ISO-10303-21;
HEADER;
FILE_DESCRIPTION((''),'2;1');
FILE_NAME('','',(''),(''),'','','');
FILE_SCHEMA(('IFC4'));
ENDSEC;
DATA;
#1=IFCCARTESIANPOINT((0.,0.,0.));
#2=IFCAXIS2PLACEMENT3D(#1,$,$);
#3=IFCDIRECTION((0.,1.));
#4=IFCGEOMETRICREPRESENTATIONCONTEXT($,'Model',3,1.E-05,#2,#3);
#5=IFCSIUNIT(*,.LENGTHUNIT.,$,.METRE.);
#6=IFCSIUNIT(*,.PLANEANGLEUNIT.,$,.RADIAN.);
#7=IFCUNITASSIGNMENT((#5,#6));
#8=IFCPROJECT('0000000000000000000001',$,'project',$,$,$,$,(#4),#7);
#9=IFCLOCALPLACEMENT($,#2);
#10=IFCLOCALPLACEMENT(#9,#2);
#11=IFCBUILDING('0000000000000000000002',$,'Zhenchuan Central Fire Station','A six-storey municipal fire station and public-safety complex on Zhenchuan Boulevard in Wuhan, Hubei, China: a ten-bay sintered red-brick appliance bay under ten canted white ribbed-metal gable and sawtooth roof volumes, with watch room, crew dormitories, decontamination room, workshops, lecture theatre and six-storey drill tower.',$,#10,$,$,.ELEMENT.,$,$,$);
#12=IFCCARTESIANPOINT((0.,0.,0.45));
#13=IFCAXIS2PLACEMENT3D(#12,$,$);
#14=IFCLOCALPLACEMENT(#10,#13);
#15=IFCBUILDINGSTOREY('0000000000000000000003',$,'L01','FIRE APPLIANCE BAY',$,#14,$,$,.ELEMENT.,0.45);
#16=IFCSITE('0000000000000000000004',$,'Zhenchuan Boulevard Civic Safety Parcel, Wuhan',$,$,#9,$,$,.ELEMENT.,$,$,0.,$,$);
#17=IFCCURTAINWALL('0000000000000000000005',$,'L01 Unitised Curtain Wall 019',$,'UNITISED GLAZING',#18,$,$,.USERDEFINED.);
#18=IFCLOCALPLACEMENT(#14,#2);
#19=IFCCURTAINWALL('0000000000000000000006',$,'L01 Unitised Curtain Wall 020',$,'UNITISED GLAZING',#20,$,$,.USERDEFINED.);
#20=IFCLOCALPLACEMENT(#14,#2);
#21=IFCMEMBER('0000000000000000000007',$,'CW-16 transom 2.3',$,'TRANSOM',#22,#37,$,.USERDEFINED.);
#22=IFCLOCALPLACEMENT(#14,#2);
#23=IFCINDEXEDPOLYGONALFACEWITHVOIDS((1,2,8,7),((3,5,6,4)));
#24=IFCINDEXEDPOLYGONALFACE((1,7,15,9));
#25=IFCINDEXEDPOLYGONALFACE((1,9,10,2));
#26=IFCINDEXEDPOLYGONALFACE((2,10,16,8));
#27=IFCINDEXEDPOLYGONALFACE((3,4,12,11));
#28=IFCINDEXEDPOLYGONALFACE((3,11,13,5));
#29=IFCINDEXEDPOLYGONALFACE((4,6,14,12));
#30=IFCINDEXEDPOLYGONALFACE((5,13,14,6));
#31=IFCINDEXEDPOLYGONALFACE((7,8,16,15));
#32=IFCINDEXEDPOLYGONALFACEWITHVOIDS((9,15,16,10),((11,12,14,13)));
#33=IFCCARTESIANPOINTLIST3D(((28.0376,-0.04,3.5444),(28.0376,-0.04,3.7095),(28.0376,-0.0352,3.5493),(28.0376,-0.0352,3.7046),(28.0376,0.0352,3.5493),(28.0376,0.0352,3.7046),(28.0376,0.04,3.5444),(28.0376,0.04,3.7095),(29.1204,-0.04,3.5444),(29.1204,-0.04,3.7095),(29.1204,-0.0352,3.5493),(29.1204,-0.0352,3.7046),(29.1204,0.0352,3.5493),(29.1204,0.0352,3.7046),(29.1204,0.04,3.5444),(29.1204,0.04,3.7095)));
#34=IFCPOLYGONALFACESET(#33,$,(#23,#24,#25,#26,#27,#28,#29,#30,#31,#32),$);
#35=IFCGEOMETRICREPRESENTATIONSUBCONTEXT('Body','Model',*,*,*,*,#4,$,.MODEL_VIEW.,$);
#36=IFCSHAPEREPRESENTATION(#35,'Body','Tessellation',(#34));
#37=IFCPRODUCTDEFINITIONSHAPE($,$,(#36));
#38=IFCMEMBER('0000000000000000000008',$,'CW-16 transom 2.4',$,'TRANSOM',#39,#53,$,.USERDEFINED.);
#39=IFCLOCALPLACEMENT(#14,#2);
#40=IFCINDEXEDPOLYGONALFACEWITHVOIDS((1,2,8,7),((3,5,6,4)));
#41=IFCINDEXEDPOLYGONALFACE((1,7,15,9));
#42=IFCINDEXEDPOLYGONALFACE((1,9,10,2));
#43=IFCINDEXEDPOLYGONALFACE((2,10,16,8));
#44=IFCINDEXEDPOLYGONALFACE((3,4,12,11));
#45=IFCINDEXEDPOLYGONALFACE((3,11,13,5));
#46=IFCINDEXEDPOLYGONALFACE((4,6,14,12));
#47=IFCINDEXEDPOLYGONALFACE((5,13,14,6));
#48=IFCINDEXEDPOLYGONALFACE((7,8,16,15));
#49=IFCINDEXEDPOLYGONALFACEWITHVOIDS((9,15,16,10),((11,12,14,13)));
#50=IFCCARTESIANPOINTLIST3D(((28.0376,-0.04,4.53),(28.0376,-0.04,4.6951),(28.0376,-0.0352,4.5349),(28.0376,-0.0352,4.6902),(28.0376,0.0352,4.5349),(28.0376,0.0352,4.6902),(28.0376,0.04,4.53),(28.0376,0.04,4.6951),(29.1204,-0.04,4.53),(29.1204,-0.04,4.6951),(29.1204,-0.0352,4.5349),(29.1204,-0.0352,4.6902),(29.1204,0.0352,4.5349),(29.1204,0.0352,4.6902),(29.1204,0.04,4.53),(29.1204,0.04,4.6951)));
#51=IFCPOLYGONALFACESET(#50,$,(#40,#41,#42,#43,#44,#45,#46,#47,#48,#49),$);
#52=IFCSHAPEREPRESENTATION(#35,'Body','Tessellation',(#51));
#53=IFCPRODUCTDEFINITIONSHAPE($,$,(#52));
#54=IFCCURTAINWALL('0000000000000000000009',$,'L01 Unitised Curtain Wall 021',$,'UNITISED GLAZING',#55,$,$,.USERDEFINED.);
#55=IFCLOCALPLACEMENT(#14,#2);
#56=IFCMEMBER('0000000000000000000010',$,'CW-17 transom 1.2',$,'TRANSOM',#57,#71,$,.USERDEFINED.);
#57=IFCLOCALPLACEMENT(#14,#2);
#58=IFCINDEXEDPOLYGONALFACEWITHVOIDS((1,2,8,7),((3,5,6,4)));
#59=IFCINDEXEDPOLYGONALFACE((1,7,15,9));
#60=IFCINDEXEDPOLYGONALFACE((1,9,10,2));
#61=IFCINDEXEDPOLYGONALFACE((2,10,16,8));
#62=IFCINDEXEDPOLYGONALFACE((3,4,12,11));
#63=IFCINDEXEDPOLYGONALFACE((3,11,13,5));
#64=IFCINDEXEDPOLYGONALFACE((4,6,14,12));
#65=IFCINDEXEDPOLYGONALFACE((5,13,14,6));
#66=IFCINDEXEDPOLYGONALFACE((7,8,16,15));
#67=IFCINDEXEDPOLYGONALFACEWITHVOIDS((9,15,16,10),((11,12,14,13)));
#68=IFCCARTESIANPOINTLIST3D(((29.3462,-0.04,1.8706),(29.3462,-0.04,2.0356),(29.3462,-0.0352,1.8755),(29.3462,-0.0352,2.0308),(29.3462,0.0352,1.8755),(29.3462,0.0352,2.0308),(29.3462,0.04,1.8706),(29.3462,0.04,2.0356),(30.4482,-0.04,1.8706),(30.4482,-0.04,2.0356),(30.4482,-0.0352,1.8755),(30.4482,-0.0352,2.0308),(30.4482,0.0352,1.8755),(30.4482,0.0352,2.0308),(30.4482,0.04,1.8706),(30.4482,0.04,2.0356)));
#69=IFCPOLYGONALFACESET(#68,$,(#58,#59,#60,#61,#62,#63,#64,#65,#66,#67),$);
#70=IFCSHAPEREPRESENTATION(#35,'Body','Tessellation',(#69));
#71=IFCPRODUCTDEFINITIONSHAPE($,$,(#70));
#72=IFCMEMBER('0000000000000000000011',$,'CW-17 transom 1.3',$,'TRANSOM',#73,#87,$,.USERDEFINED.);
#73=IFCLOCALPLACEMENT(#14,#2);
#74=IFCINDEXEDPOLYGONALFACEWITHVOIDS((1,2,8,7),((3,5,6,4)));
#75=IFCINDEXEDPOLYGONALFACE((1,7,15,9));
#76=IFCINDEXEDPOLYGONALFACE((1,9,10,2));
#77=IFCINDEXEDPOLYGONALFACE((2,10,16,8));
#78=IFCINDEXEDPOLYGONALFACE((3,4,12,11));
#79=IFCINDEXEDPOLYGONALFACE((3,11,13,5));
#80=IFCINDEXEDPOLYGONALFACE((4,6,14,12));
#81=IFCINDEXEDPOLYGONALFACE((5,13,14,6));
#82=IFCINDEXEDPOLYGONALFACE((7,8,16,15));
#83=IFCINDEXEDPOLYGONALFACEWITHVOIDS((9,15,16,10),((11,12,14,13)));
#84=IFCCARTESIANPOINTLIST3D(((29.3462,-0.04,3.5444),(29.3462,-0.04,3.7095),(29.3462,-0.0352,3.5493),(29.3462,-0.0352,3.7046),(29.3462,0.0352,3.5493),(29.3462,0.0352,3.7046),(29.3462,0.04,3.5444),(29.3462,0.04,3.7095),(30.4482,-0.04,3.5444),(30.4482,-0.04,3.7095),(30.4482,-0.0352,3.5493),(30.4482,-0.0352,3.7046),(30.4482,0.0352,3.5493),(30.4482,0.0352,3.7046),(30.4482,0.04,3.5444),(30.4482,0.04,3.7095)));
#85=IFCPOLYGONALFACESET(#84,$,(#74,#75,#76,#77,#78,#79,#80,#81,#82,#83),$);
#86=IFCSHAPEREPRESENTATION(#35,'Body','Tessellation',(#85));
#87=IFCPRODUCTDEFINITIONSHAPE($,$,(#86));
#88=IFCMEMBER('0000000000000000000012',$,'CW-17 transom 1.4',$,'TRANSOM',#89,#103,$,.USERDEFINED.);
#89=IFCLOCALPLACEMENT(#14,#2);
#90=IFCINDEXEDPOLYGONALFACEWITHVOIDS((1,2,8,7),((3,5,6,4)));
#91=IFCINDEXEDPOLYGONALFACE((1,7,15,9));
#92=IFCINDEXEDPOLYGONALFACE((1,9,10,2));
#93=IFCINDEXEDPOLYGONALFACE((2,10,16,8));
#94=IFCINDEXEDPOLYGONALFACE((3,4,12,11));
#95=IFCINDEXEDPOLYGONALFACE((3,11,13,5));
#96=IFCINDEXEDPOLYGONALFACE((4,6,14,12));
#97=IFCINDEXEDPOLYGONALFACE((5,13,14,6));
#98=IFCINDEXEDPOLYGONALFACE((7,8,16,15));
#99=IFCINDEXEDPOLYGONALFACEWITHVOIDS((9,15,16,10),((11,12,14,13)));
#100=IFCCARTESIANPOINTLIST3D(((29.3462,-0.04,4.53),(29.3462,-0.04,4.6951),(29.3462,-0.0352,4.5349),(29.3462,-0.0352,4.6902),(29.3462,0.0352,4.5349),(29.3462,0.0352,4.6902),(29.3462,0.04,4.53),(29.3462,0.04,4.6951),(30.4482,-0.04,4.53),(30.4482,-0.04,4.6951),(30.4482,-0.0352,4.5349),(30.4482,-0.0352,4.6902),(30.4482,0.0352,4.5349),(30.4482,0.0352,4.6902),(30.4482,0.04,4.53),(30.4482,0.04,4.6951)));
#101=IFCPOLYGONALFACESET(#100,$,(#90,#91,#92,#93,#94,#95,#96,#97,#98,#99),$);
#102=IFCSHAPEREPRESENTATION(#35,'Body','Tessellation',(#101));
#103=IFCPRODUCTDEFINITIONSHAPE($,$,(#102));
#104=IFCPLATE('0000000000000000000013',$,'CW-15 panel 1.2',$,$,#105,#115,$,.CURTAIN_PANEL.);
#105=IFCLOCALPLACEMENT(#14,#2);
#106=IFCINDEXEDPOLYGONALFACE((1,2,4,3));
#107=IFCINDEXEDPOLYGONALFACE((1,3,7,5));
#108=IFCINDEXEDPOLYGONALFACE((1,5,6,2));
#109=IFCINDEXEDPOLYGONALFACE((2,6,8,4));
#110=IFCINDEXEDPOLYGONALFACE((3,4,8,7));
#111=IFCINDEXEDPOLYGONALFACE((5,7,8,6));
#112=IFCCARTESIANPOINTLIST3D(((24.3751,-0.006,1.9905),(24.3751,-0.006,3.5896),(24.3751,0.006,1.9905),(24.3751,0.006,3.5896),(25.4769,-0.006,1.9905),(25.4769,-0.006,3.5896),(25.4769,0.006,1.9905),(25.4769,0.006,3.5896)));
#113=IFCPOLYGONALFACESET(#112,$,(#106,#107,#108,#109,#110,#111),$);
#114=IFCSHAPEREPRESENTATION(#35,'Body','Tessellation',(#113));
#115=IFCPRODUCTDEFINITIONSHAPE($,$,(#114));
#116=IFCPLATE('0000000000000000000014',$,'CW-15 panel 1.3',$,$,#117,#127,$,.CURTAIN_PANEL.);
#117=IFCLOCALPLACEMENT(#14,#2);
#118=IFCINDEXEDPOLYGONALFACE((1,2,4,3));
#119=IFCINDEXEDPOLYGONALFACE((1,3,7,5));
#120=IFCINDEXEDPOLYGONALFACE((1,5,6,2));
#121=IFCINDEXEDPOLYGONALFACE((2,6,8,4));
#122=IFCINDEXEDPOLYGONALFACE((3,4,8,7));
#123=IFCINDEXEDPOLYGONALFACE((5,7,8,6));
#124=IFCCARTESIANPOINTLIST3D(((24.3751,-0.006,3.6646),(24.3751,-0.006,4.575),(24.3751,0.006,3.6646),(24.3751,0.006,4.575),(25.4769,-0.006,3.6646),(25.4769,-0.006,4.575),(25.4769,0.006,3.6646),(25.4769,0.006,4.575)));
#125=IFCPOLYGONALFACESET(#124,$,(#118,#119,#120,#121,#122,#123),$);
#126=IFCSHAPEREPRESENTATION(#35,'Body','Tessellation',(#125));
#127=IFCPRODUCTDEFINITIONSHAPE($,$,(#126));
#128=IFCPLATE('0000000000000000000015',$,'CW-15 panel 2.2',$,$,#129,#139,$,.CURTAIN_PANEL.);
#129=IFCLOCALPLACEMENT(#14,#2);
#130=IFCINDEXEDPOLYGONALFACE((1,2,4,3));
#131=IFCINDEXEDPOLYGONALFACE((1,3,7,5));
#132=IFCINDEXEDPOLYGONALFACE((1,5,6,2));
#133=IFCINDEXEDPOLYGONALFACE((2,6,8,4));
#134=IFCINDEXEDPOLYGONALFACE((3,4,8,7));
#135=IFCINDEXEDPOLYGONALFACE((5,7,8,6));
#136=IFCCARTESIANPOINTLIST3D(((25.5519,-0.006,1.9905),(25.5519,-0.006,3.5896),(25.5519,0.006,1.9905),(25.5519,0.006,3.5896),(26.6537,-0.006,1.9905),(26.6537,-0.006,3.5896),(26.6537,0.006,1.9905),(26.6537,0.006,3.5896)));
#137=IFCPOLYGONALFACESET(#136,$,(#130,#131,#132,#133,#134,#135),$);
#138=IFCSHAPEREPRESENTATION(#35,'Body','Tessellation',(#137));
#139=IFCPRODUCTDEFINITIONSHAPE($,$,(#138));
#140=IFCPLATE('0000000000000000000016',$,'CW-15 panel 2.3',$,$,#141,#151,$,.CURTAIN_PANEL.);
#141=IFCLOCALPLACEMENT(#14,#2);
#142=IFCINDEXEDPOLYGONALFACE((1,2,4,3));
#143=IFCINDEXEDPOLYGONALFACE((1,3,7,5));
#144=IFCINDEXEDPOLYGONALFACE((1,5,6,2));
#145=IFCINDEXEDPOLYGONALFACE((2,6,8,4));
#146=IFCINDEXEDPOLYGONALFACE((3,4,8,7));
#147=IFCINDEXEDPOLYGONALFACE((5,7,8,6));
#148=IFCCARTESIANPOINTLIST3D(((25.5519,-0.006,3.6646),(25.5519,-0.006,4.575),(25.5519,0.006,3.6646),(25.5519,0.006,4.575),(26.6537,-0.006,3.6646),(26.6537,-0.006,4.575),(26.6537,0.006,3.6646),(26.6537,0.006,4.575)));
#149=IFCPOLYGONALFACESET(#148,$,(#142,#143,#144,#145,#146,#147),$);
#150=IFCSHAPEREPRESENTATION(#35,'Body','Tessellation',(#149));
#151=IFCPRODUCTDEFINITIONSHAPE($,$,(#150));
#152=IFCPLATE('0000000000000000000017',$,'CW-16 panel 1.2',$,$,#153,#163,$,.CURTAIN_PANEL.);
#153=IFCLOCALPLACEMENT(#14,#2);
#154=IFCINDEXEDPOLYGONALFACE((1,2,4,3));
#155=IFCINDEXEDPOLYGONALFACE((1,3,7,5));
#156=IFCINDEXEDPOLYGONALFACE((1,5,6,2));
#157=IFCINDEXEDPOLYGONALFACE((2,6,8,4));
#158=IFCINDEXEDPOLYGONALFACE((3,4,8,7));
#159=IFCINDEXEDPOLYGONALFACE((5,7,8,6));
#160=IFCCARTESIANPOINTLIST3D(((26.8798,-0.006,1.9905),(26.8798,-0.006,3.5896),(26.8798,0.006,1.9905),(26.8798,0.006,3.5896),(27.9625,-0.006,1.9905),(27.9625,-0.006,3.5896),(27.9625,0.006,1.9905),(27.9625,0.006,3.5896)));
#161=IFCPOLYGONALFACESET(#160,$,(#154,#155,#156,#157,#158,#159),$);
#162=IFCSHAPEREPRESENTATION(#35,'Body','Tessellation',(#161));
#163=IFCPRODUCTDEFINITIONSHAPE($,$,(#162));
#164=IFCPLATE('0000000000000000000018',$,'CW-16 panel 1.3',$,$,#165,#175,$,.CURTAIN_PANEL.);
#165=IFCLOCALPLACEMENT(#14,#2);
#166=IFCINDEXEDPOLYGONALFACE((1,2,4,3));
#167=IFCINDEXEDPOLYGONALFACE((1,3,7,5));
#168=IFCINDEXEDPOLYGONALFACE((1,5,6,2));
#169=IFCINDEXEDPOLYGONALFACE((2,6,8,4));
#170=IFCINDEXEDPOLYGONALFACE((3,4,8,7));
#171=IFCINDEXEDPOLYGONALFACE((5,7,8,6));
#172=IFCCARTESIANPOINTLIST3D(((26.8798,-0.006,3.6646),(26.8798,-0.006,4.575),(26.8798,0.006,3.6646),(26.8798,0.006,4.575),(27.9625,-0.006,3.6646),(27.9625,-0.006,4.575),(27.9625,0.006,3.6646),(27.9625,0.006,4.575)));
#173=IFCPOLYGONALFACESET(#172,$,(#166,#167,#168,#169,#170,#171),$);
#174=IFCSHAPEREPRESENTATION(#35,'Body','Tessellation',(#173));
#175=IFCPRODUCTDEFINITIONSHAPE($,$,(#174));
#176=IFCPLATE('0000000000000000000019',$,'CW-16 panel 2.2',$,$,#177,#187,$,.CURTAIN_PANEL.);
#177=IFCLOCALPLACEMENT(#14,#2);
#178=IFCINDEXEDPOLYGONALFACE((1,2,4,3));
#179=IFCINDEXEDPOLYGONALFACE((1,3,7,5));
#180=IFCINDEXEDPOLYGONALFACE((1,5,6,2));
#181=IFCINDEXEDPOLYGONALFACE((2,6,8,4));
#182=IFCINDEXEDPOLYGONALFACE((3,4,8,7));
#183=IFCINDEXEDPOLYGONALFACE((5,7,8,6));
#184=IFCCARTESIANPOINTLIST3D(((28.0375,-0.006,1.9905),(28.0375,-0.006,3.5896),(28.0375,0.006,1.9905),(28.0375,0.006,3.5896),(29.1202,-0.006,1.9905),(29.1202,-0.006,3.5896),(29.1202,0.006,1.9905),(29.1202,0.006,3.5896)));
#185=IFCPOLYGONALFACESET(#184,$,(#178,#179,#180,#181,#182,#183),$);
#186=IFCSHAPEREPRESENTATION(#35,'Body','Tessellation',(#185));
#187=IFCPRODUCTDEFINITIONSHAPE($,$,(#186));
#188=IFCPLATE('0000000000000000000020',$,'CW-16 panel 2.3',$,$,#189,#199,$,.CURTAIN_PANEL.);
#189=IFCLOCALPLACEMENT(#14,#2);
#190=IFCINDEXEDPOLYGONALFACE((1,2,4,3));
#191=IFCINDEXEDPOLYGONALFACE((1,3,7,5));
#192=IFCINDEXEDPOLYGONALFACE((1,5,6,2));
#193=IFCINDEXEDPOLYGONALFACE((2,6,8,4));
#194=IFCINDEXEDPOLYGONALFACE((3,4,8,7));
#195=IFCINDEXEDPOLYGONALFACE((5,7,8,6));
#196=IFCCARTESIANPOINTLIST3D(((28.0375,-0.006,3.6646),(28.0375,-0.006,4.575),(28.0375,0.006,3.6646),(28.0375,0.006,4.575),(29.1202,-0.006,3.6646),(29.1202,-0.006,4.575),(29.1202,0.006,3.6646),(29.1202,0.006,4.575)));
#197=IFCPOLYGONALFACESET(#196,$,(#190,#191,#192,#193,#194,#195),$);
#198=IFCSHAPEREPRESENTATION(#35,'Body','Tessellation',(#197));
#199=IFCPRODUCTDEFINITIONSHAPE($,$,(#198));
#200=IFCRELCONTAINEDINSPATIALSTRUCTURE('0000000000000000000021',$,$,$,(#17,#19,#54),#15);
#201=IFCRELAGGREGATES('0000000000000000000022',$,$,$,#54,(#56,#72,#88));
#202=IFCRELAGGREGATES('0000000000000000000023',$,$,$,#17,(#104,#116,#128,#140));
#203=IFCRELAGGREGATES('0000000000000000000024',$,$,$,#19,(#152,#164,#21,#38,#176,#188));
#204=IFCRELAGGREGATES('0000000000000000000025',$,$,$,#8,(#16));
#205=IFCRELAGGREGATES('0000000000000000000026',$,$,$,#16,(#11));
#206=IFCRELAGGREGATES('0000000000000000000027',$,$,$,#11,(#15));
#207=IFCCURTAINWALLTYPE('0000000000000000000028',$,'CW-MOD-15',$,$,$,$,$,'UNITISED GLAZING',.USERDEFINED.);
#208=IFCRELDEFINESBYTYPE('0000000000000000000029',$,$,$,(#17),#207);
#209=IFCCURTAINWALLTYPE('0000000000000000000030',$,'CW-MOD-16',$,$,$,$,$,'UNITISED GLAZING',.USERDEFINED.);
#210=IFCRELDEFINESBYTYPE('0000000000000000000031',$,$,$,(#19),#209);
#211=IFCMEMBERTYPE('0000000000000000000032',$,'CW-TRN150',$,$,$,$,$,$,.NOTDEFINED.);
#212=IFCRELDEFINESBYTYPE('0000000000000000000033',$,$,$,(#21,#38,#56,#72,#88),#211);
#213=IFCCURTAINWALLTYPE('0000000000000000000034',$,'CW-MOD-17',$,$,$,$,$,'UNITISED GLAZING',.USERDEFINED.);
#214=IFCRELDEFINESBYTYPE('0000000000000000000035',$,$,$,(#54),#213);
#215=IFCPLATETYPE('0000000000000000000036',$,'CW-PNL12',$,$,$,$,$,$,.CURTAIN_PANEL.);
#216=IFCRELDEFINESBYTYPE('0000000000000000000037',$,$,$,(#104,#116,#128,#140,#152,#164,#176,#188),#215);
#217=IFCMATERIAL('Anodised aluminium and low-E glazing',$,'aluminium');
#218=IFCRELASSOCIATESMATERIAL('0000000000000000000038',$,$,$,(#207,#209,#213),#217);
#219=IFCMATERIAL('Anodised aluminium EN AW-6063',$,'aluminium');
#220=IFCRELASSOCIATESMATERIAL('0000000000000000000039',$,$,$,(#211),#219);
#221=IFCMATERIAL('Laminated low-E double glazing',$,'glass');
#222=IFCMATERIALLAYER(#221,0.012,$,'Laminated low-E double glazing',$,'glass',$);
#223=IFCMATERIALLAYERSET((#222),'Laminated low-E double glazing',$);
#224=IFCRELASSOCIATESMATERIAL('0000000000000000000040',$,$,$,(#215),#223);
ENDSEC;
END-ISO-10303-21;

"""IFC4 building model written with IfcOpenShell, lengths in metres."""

from ifc_helpers import new_model, si_unit, direction, frame, origin, origin_2d, place, context, subcontext, project, spatial, rectangle, hollow_rectangle, extrude, material, layer, layer_set, material_profile, profile_set, type_object, element, aggregate, save


model = new_model("IFC4")

# Units and contexts
model_context = context("Model", 3, precision=1e-05, world=origin(), true_north=direction((0.0, 1.0)))
body_context = subcontext(model_context, "Body", "Model", "MODEL_VIEW")
ifc_project = project(units=[si_unit("LENGTHUNIT", "METRE"), si_unit("PLANEANGLEUNIT", "RADIAN")], contexts=[model_context])

# Site, building, storey
site_placement = place(None, origin())
site = spatial("IfcSite", under=ifc_project, at=site_placement, Name="Zhenchuan Boulevard Civic Safety Parcel, Wuhan", CompositionType="ELEMENT", RefElevation=0.0)
building_placement = place(site_placement, origin())
building = spatial("IfcBuilding", under=site, at=building_placement, Name="Zhenchuan Central Fire Station", Description="A six-storey municipal fire station and public-safety complex on Zhenchuan Boulevard in Wuhan, Hubei, China: a ten-bay sintered red-brick appliance bay under ten canted white ribbed-metal gable and sawtooth roof volumes, with watch room, crew dormitories, decontamination room, workshops, lecture theatre and six-storey drill tower.", CompositionType="ELEMENT")
storey_placement = place(building_placement, frame((0.0, 0.0, 0.45)))
storey = spatial("IfcBuildingStorey", under=building, at=storey_placement, Name="L01", Description="FIRE APPLIANCE BAY", CompositionType="ELEMENT", Elevation=0.45)

# Curtain walls, members
ifc_material_1 = material(Name="Anodised aluminium and low-E glazing", Category="aluminium")
curtain_wall_type_1 = type_object("IfcCurtainWallType", Name="CW-MOD-15", ElementType="UNITISED GLAZING", PredefinedType="USERDEFINED", material=ifc_material_1)
curtain_wall_1_placement = place(storey_placement, origin())
curtain_wall_1 = element("IfcCurtainWall", 1, at=curtain_wall_1_placement, inside=storey, type_object=curtain_wall_type_1, Name="L01 Unitised Curtain Wall 019", ObjectType="UNITISED GLAZING", PredefinedType="USERDEFINED")
ifc_material_2 = material(Name="Anodised aluminium EN AW-6063", Category="aluminium")
ifc_material_profile_1 = material_profile(ifc_material_2, hollow_rectangle(XDim=0.0801, YDim=0.165, WallThickness=0.0049, at=origin_2d()), Name="ALU-T 165x80")
ifc_profile_set_1 = profile_set([ifc_material_profile_1], Name="Anodised aluminium EN AW-6063")
member_type = type_object("IfcMemberType", Name="CW-TRN150", PredefinedType="NOTDEFINED", material=ifc_profile_set_1)
curtain_wall_type_2 = type_object("IfcCurtainWallType", Name="CW-MOD-16", ElementType="UNITISED GLAZING", PredefinedType="USERDEFINED", material=ifc_material_1)
curtain_wall_2_placement = place(storey_placement, origin())
curtain_wall_2 = element("IfcCurtainWall", 2, at=curtain_wall_2_placement, inside=storey, type_object=curtain_wall_type_2, Name="L01 Unitised Curtain Wall 020", ObjectType="UNITISED GLAZING", PredefinedType="USERDEFINED")
member_1_placement = place(storey_placement, frame((28.0376, 0.0, 3.627), z_axis=(1.0, 0.0, 0.0), x_axis=(0.0, 1.0, 0.0)))
member_1 = element("IfcMember", 3, at=member_1_placement, type_object=member_type, Name="CW-16 transom 2.3", ObjectType="TRANSOM", PredefinedType="USERDEFINED", context=body_context, shape_type="SweptSolid", body=[
    extrude(hollow_rectangle(XDim=0.0801, YDim=0.165, WallThickness=0.0049, at=origin_2d()), origin(), (0.0, 0.0, 1.0), 1.0828),
])
member_2_placement = place(storey_placement, frame((28.0376, 0.0, 4.6125), z_axis=(1.0, 0.0, 0.0), x_axis=(0.0, 1.0, 0.0)))
member_2 = element("IfcMember", 4, at=member_2_placement, type_object=member_type, Name="CW-16 transom 2.4", ObjectType="TRANSOM", PredefinedType="USERDEFINED", context=body_context, shape_type="SweptSolid", body=[
    extrude(hollow_rectangle(XDim=0.0801, YDim=0.165, WallThickness=0.0049, at=origin_2d()), origin(), (0.0, 0.0, 1.0), 1.0828),
])
curtain_wall_type_3 = type_object("IfcCurtainWallType", Name="CW-MOD-17", ElementType="UNITISED GLAZING", PredefinedType="USERDEFINED", material=ifc_material_1)
curtain_wall_3_placement = place(storey_placement, origin())
curtain_wall_3 = element("IfcCurtainWall", 5, at=curtain_wall_3_placement, inside=storey, type_object=curtain_wall_type_3, Name="L01 Unitised Curtain Wall 021", ObjectType="UNITISED GLAZING", PredefinedType="USERDEFINED")
member_3_placement = place(storey_placement, frame((29.3462, 0.0, 1.9531), z_axis=(1.0, 0.0, 0.0), x_axis=(0.0, 1.0, 0.0)))
member_3 = element("IfcMember", 6, at=member_3_placement, type_object=member_type, Name="CW-17 transom 1.2", ObjectType="TRANSOM", PredefinedType="USERDEFINED", context=body_context, shape_type="SweptSolid", body=[
    extrude(hollow_rectangle(XDim=0.0801, YDim=0.165, WallThickness=0.0049, at=origin_2d()), origin(), (0.0, 0.0, 1.0), 1.1021),
])
member_4_placement = place(storey_placement, frame((29.3462, 0.0, 3.627), z_axis=(1.0, 0.0, 0.0), x_axis=(0.0, 1.0, 0.0)))
member_4 = element("IfcMember", 7, at=member_4_placement, type_object=member_type, Name="CW-17 transom 1.3", ObjectType="TRANSOM", PredefinedType="USERDEFINED", context=body_context, shape_type="SweptSolid", body=[
    extrude(hollow_rectangle(XDim=0.0801, YDim=0.165, WallThickness=0.0049, at=origin_2d()), origin(), (0.0, 0.0, 1.0), 1.1021),
])
member_5_placement = place(storey_placement, frame((29.3462, 0.0, 4.6125), z_axis=(1.0, 0.0, 0.0), x_axis=(0.0, 1.0, 0.0)))
member_5 = element("IfcMember", 8, at=member_5_placement, type_object=member_type, Name="CW-17 transom 1.4", ObjectType="TRANSOM", PredefinedType="USERDEFINED", context=body_context, shape_type="SweptSolid", body=[
    extrude(hollow_rectangle(XDim=0.0801, YDim=0.165, WallThickness=0.0049, at=origin_2d()), origin(), (0.0, 0.0, 1.0), 1.1021),
])
aggregate(curtain_wall_3, [member_3, member_4, member_5])

# Plates
ifc_material_3 = material(Name="Laminated low-E double glazing", Category="glass")
ifc_layer = layer(ifc_material_3, 0.012, Name="Laminated low-E double glazing", Category="glass")
ifc_layer_set = layer_set([ifc_layer], Name="Laminated low-E double glazing")
plate_type = type_object("IfcPlateType", Name="CW-PNL12", PredefinedType="CURTAIN_PANEL", material=ifc_layer_set)
plate_1_placement = place(storey_placement, frame((24.926, 0.0, 1.9905), z_axis=(0.0, 0.0, 1.0), x_axis=(1.0, 0.0, 0.0)))
plate_1 = element("IfcPlate", 9, at=plate_1_placement, type_object=plate_type, Name="CW-15 panel 1.2", PredefinedType="CURTAIN_PANEL", context=body_context, shape_type="SweptSolid", body=[
    extrude(rectangle(XDim=1.1018, YDim=0.012, at=origin_2d()), origin(), (0.0, 0.0, 1.0), 1.5991),
])
plate_2_placement = place(storey_placement, frame((24.926, 0.0, 3.6646), z_axis=(0.0, 0.0, 1.0), x_axis=(1.0, 0.0, 0.0)))
plate_2 = element("IfcPlate", 10, at=plate_2_placement, type_object=plate_type, Name="CW-15 panel 1.3", PredefinedType="CURTAIN_PANEL", context=body_context, shape_type="SweptSolid", body=[
    extrude(rectangle(XDim=1.1018, YDim=0.012, at=origin_2d()), origin(), (0.0, 0.0, 1.0), 0.9104),
])
plate_3_placement = place(storey_placement, frame((26.1028, 0.0, 1.9905), z_axis=(0.0, 0.0, 1.0), x_axis=(1.0, 0.0, 0.0)))
plate_3 = element("IfcPlate", 11, at=plate_3_placement, type_object=plate_type, Name="CW-15 panel 2.2", PredefinedType="CURTAIN_PANEL", context=body_context, shape_type="SweptSolid", body=[
    extrude(rectangle(XDim=1.1018, YDim=0.012, at=origin_2d()), origin(), (0.0, 0.0, 1.0), 1.5991),
])
plate_4_placement = place(storey_placement, frame((26.1028, 0.0, 3.6646), z_axis=(0.0, 0.0, 1.0), x_axis=(1.0, 0.0, 0.0)))
plate_4 = element("IfcPlate", 12, at=plate_4_placement, type_object=plate_type, Name="CW-15 panel 2.3", PredefinedType="CURTAIN_PANEL", context=body_context, shape_type="SweptSolid", body=[
    extrude(rectangle(XDim=1.1018, YDim=0.012, at=origin_2d()), origin(), (0.0, 0.0, 1.0), 0.9104),
])
aggregate(curtain_wall_1, [plate_1, plate_2, plate_3, plate_4])
plate_5_placement = place(storey_placement, frame((27.4211, 0.0, 1.9905), z_axis=(0.0, 0.0, 1.0), x_axis=(1.0, 0.0, 0.0)))
plate_5 = element("IfcPlate", 13, at=plate_5_placement, type_object=plate_type, Name="CW-16 panel 1.2", PredefinedType="CURTAIN_PANEL", context=body_context, shape_type="SweptSolid", body=[
    extrude(rectangle(XDim=1.0828, YDim=0.012, at=origin_2d()), origin(), (0.0, 0.0, 1.0), 1.5991),
])
plate_6_placement = place(storey_placement, frame((27.4211, 0.0, 3.6646), z_axis=(0.0, 0.0, 1.0), x_axis=(1.0, 0.0, 0.0)))
plate_6 = element("IfcPlate", 14, at=plate_6_placement, type_object=plate_type, Name="CW-16 panel 1.3", PredefinedType="CURTAIN_PANEL", context=body_context, shape_type="SweptSolid", body=[
    extrude(rectangle(XDim=1.0828, YDim=0.012, at=origin_2d()), origin(), (0.0, 0.0, 1.0), 0.9104),
])
plate_7_placement = place(storey_placement, frame((28.5789, 0.0, 1.9905), z_axis=(0.0, 0.0, 1.0), x_axis=(1.0, 0.0, 0.0)))
plate_7 = element("IfcPlate", 15, at=plate_7_placement, type_object=plate_type, Name="CW-16 panel 2.2", PredefinedType="CURTAIN_PANEL", context=body_context, shape_type="SweptSolid", body=[
    extrude(rectangle(XDim=1.0828, YDim=0.012, at=origin_2d()), origin(), (0.0, 0.0, 1.0), 1.5991),
])
plate_8_placement = place(storey_placement, frame((28.5789, 0.0, 3.6646), z_axis=(0.0, 0.0, 1.0), x_axis=(1.0, 0.0, 0.0)))
plate_8 = element("IfcPlate", 16, at=plate_8_placement, type_object=plate_type, Name="CW-16 panel 2.3", PredefinedType="CURTAIN_PANEL", context=body_context, shape_type="SweptSolid", body=[
    extrude(rectangle(XDim=1.0828, YDim=0.012, at=origin_2d()), origin(), (0.0, 0.0, 1.0), 0.9104),
])
aggregate(curtain_wall_2, [plate_5, plate_6, member_1, member_2, plate_7, plate_8])

save(model, "model.ifc")
